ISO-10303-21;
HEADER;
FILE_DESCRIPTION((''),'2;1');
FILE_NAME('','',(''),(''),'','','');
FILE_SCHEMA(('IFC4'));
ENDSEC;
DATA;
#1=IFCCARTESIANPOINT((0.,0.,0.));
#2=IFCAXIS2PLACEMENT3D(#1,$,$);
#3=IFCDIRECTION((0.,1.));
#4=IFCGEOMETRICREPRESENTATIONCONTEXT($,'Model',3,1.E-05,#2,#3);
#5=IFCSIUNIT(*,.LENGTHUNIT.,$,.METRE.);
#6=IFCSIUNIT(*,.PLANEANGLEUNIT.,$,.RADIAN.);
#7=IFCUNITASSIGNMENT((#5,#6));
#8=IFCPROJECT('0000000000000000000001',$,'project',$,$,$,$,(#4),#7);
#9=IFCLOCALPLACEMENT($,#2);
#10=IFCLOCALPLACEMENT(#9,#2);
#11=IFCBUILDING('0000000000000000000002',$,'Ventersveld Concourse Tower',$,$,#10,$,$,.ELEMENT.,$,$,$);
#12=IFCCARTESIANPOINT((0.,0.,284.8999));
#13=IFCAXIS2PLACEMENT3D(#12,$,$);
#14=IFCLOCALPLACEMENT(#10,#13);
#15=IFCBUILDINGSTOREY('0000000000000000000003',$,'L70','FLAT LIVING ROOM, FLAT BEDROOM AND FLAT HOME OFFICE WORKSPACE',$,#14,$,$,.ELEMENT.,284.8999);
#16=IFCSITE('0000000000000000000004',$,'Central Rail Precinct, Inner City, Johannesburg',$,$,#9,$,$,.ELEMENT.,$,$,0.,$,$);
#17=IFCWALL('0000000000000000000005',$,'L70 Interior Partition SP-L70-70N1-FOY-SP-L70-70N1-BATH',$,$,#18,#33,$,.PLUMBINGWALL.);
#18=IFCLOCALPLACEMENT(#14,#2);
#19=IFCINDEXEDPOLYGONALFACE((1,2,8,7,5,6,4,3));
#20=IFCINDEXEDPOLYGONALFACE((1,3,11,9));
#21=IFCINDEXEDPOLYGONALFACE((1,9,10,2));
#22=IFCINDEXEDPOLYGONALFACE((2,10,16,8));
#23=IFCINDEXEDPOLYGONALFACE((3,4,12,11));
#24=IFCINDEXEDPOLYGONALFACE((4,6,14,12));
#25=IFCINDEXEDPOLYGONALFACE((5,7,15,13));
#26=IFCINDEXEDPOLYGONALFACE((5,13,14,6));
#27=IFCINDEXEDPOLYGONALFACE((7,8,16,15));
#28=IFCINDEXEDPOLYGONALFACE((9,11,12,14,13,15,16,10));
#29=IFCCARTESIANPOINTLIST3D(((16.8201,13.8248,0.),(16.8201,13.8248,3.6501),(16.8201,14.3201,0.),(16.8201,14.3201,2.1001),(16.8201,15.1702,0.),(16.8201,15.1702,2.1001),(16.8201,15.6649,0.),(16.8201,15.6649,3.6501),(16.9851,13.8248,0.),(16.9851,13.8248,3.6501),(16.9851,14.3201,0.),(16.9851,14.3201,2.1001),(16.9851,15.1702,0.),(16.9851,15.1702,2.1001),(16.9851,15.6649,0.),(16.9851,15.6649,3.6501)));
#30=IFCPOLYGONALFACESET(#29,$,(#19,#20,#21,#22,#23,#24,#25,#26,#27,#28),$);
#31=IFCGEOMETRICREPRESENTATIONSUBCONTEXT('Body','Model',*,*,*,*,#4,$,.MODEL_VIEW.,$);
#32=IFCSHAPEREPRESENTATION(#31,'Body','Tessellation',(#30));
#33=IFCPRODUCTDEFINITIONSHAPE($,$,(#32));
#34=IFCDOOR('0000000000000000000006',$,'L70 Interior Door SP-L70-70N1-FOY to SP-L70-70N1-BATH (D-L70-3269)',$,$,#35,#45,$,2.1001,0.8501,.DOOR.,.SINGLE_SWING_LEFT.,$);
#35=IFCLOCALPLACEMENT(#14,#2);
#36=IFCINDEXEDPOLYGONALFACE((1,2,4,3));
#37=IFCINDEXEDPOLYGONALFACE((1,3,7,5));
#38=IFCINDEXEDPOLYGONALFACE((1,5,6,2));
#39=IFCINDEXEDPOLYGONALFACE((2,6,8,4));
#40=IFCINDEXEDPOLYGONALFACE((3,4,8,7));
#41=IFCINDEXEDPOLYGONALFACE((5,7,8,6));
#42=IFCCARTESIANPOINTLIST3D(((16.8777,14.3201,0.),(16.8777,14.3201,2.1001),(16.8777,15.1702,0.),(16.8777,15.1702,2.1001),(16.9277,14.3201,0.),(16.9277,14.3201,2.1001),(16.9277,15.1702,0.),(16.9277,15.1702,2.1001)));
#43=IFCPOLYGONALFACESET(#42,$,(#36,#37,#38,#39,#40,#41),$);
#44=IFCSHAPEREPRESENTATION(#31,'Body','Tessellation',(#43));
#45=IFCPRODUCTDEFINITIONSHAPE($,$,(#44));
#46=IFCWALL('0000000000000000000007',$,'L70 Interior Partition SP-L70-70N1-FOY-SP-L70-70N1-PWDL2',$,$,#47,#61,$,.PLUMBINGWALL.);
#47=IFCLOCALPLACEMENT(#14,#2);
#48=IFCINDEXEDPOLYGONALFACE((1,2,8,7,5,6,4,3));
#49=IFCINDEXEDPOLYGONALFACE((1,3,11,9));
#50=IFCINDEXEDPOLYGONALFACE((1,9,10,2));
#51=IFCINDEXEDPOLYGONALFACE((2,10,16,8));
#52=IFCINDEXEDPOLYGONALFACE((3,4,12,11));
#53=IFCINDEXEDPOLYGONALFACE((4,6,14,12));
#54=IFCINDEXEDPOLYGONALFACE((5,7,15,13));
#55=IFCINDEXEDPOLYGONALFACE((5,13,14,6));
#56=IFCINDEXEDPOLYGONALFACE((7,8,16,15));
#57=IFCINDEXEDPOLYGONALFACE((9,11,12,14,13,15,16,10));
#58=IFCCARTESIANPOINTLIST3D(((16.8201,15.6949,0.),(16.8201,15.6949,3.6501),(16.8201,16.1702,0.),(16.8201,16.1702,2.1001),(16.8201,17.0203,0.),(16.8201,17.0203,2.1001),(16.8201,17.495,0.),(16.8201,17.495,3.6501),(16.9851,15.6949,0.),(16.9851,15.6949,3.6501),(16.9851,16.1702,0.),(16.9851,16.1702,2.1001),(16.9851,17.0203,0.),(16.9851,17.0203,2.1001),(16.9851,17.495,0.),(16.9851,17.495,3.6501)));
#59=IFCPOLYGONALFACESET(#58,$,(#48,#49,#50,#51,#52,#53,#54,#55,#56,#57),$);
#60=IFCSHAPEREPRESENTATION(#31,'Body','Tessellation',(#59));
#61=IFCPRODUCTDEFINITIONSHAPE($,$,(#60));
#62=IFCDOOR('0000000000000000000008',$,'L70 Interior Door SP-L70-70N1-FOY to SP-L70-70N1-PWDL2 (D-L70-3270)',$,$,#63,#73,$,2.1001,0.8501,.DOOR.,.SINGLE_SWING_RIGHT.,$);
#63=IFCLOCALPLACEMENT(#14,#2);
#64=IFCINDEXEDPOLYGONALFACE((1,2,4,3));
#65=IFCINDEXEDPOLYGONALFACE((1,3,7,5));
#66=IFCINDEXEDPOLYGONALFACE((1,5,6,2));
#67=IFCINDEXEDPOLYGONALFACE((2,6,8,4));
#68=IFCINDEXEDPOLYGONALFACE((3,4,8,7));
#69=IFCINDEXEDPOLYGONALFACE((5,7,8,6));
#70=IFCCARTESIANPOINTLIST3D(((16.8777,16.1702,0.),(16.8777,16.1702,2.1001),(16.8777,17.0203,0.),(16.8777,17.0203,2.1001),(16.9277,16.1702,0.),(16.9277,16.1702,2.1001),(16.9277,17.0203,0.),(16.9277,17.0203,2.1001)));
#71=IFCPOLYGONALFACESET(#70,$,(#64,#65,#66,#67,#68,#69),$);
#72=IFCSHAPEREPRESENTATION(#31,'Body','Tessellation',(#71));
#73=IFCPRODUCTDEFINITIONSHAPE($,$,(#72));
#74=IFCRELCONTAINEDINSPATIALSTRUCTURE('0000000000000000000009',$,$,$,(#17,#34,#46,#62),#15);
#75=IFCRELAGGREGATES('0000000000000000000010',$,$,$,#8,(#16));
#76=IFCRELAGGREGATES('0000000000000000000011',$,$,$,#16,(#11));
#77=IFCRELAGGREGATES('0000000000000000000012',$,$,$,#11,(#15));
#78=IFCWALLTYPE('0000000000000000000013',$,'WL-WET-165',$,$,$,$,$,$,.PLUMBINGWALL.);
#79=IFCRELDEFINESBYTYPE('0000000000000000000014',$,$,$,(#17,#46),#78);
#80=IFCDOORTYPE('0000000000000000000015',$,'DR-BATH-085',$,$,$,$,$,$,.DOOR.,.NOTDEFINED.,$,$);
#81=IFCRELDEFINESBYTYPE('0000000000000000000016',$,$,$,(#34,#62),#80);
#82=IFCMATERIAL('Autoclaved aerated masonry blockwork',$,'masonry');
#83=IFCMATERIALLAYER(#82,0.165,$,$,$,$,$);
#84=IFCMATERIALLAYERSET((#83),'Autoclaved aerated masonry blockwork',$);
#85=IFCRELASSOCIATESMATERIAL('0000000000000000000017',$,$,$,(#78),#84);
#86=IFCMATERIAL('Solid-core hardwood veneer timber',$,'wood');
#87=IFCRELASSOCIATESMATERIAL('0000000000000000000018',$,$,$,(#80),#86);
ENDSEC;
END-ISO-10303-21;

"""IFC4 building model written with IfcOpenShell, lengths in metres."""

from ifc_helpers import new_model, si_unit, direction, frame, frame_2d, origin, place, context, subcontext, project, spatial, rectangle, extrude, material, layer, layer_set, type_object, element, fill, save


model = new_model("IFC4")

# Units and contexts
model_context = context("Model", 3, precision=1e-05, world=origin(), true_north=direction((0.0, 1.0)))
body_context = subcontext(model_context, "Body", "Model", "MODEL_VIEW")
ifc_project = project(units=[si_unit("LENGTHUNIT", "METRE"), si_unit("PLANEANGLEUNIT", "RADIAN")], contexts=[model_context])

# Site, building, storey
site_placement = place(None, origin())
site = spatial("IfcSite", under=ifc_project, at=site_placement, Name="Central Rail Precinct, Inner City, Johannesburg", CompositionType="ELEMENT", RefElevation=0.0)
building_placement = place(site_placement, origin())
building = spatial("IfcBuilding", under=site, at=building_placement, Name="Ventersveld Concourse Tower", CompositionType="ELEMENT")
storey_placement = place(building_placement, frame((0.0, 0.0, 284.8999)))
storey = spatial("IfcBuildingStorey", under=building, at=storey_placement, Name="L70", Description="FLAT LIVING ROOM, FLAT BEDROOM AND FLAT HOME OFFICE WORKSPACE", CompositionType="ELEMENT", Elevation=284.8999)

# Shared definitions
ifc_material_1 = material(Name="Solid-core hardwood veneer timber", Category="wood")

# Shared definitions
ifc_material_2 = material(Name="Autoclaved aerated masonry blockwork", Category="masonry")

# Walls, openings, doors
ifc_layer_1 = layer(ifc_material_2, 0.165)
ifc_layer_set_1 = layer_set([ifc_layer_1], Name="Autoclaved aerated masonry blockwork")
wall_type_1 = type_object("IfcWallType", Name="WL-WET-165", PredefinedType="PLUMBINGWALL", material=ifc_layer_set_1)
wall_1_placement = place(storey_placement, frame((16.9026, 13.825, 0.0), z_axis=(0.0, 0.0, 1.0), x_axis=(0.0, 1.0, 0.0)))
wall_1 = element("IfcWall", 1, at=wall_1_placement, inside=storey, type_object=wall_type_1, Name="L70 Interior Partition SP-L70-70N1-FOY-SP-L70-70N1-BATH", PredefinedType="PLUMBINGWALL", context=body_context, shape_type="SweptSolid", body=[
    extrude(rectangle(XDim=1.8401, YDim=0.165, at=frame_2d((0.9199, 0.0))), origin(), (0.0, 0.0, 1.0), 3.6501),
])
opening_1_placement = place(wall_1_placement, frame((0.4951, 0.0, 0.0)))
opening_1 = element("IfcOpeningElement", 2, at=opening_1_placement, cuts=wall_1, PredefinedType="OPENING", context=body_context, shape_type="SweptSolid", body=[
    extrude(rectangle(XDim=0.8501, YDim=2.1001, at=frame_2d((0.425, 1.05))), frame((0.0, 0.0925, 0.0), z_axis=(0.0, -1.0, 0.0), x_axis=(1.0, 0.0, 0.0)), (0.0, 0.0, 1.0), 0.1851),
])
door_type_1 = type_object("IfcDoorType", Name="DR-BATH-085", OperationType="NOTDEFINED", PredefinedType="DOOR", material=ifc_material_1)
door_1_placement = place(opening_1_placement, origin())
door_1 = element("IfcDoor", 3, at=door_1_placement, inside=storey, type_object=door_type_1, Name="L70 Interior Door SP-L70-70N1-FOY to SP-L70-70N1-BATH (D-L70-3269)", OperationType="SINGLE_SWING_LEFT", OverallHeight=2.1001, OverallWidth=0.8501, PredefinedType="DOOR", context=body_context, shape_type="SweptSolid", body=[
    extrude(rectangle(XDim=0.8501, YDim=2.1001, at=frame_2d((0.425, 1.05))), frame((0.0, 0.0249, 0.0), z_axis=(0.0, -1.0, 0.0), x_axis=(1.0, 0.0, 0.0)), (0.0, 0.0, 1.0), 0.05),
])
fill(opening_1, door_1)
wall_2_placement = place(storey_placement, frame((16.9026, 15.6951, 0.0), z_axis=(0.0, 0.0, 1.0), x_axis=(0.0, 1.0, 0.0)))
wall_2 = element("IfcWall", 4, at=wall_2_placement, inside=storey, type_object=wall_type_1, Name="L70 Interior Partition SP-L70-70N1-FOY-SP-L70-70N1-PWDL2", PredefinedType="PLUMBINGWALL", context=body_context, shape_type="SweptSolid", body=[
    extrude(rectangle(XDim=1.8, YDim=0.165, at=frame_2d((0.8999, 0.0))), origin(), (0.0, 0.0, 1.0), 3.6501),
])
opening_2_placement = place(wall_2_placement, frame((0.4751, 0.0, 0.0)))
opening_2 = element("IfcOpeningElement", 5, at=opening_2_placement, cuts=wall_2, PredefinedType="OPENING", context=body_context, shape_type="SweptSolid", body=[
    extrude(rectangle(XDim=0.8501, YDim=2.1001, at=frame_2d((0.425, 1.05))), frame((0.0, 0.0925, 0.0), z_axis=(0.0, -1.0, 0.0), x_axis=(1.0, 0.0, 0.0)), (0.0, 0.0, 1.0), 0.1851),
])
door_2_placement = place(opening_2_placement, origin())
door_2 = element("IfcDoor", 6, at=door_2_placement, inside=storey, type_object=door_type_1, Name="L70 Interior Door SP-L70-70N1-FOY to SP-L70-70N1-PWDL2 (D-L70-3270)", OperationType="SINGLE_SWING_RIGHT", OverallHeight=2.1001, OverallWidth=0.8501, PredefinedType="DOOR", context=body_context, shape_type="SweptSolid", body=[
    extrude(rectangle(XDim=0.8501, YDim=2.1001, at=frame_2d((0.425, 1.05))), frame((0.0, 0.0249, 0.0), z_axis=(0.0, -1.0, 0.0), x_axis=(1.0, 0.0, 0.0)), (0.0, 0.0, 1.0), 0.05),
])
fill(opening_2, door_2)

save(model, "model.ifc")
